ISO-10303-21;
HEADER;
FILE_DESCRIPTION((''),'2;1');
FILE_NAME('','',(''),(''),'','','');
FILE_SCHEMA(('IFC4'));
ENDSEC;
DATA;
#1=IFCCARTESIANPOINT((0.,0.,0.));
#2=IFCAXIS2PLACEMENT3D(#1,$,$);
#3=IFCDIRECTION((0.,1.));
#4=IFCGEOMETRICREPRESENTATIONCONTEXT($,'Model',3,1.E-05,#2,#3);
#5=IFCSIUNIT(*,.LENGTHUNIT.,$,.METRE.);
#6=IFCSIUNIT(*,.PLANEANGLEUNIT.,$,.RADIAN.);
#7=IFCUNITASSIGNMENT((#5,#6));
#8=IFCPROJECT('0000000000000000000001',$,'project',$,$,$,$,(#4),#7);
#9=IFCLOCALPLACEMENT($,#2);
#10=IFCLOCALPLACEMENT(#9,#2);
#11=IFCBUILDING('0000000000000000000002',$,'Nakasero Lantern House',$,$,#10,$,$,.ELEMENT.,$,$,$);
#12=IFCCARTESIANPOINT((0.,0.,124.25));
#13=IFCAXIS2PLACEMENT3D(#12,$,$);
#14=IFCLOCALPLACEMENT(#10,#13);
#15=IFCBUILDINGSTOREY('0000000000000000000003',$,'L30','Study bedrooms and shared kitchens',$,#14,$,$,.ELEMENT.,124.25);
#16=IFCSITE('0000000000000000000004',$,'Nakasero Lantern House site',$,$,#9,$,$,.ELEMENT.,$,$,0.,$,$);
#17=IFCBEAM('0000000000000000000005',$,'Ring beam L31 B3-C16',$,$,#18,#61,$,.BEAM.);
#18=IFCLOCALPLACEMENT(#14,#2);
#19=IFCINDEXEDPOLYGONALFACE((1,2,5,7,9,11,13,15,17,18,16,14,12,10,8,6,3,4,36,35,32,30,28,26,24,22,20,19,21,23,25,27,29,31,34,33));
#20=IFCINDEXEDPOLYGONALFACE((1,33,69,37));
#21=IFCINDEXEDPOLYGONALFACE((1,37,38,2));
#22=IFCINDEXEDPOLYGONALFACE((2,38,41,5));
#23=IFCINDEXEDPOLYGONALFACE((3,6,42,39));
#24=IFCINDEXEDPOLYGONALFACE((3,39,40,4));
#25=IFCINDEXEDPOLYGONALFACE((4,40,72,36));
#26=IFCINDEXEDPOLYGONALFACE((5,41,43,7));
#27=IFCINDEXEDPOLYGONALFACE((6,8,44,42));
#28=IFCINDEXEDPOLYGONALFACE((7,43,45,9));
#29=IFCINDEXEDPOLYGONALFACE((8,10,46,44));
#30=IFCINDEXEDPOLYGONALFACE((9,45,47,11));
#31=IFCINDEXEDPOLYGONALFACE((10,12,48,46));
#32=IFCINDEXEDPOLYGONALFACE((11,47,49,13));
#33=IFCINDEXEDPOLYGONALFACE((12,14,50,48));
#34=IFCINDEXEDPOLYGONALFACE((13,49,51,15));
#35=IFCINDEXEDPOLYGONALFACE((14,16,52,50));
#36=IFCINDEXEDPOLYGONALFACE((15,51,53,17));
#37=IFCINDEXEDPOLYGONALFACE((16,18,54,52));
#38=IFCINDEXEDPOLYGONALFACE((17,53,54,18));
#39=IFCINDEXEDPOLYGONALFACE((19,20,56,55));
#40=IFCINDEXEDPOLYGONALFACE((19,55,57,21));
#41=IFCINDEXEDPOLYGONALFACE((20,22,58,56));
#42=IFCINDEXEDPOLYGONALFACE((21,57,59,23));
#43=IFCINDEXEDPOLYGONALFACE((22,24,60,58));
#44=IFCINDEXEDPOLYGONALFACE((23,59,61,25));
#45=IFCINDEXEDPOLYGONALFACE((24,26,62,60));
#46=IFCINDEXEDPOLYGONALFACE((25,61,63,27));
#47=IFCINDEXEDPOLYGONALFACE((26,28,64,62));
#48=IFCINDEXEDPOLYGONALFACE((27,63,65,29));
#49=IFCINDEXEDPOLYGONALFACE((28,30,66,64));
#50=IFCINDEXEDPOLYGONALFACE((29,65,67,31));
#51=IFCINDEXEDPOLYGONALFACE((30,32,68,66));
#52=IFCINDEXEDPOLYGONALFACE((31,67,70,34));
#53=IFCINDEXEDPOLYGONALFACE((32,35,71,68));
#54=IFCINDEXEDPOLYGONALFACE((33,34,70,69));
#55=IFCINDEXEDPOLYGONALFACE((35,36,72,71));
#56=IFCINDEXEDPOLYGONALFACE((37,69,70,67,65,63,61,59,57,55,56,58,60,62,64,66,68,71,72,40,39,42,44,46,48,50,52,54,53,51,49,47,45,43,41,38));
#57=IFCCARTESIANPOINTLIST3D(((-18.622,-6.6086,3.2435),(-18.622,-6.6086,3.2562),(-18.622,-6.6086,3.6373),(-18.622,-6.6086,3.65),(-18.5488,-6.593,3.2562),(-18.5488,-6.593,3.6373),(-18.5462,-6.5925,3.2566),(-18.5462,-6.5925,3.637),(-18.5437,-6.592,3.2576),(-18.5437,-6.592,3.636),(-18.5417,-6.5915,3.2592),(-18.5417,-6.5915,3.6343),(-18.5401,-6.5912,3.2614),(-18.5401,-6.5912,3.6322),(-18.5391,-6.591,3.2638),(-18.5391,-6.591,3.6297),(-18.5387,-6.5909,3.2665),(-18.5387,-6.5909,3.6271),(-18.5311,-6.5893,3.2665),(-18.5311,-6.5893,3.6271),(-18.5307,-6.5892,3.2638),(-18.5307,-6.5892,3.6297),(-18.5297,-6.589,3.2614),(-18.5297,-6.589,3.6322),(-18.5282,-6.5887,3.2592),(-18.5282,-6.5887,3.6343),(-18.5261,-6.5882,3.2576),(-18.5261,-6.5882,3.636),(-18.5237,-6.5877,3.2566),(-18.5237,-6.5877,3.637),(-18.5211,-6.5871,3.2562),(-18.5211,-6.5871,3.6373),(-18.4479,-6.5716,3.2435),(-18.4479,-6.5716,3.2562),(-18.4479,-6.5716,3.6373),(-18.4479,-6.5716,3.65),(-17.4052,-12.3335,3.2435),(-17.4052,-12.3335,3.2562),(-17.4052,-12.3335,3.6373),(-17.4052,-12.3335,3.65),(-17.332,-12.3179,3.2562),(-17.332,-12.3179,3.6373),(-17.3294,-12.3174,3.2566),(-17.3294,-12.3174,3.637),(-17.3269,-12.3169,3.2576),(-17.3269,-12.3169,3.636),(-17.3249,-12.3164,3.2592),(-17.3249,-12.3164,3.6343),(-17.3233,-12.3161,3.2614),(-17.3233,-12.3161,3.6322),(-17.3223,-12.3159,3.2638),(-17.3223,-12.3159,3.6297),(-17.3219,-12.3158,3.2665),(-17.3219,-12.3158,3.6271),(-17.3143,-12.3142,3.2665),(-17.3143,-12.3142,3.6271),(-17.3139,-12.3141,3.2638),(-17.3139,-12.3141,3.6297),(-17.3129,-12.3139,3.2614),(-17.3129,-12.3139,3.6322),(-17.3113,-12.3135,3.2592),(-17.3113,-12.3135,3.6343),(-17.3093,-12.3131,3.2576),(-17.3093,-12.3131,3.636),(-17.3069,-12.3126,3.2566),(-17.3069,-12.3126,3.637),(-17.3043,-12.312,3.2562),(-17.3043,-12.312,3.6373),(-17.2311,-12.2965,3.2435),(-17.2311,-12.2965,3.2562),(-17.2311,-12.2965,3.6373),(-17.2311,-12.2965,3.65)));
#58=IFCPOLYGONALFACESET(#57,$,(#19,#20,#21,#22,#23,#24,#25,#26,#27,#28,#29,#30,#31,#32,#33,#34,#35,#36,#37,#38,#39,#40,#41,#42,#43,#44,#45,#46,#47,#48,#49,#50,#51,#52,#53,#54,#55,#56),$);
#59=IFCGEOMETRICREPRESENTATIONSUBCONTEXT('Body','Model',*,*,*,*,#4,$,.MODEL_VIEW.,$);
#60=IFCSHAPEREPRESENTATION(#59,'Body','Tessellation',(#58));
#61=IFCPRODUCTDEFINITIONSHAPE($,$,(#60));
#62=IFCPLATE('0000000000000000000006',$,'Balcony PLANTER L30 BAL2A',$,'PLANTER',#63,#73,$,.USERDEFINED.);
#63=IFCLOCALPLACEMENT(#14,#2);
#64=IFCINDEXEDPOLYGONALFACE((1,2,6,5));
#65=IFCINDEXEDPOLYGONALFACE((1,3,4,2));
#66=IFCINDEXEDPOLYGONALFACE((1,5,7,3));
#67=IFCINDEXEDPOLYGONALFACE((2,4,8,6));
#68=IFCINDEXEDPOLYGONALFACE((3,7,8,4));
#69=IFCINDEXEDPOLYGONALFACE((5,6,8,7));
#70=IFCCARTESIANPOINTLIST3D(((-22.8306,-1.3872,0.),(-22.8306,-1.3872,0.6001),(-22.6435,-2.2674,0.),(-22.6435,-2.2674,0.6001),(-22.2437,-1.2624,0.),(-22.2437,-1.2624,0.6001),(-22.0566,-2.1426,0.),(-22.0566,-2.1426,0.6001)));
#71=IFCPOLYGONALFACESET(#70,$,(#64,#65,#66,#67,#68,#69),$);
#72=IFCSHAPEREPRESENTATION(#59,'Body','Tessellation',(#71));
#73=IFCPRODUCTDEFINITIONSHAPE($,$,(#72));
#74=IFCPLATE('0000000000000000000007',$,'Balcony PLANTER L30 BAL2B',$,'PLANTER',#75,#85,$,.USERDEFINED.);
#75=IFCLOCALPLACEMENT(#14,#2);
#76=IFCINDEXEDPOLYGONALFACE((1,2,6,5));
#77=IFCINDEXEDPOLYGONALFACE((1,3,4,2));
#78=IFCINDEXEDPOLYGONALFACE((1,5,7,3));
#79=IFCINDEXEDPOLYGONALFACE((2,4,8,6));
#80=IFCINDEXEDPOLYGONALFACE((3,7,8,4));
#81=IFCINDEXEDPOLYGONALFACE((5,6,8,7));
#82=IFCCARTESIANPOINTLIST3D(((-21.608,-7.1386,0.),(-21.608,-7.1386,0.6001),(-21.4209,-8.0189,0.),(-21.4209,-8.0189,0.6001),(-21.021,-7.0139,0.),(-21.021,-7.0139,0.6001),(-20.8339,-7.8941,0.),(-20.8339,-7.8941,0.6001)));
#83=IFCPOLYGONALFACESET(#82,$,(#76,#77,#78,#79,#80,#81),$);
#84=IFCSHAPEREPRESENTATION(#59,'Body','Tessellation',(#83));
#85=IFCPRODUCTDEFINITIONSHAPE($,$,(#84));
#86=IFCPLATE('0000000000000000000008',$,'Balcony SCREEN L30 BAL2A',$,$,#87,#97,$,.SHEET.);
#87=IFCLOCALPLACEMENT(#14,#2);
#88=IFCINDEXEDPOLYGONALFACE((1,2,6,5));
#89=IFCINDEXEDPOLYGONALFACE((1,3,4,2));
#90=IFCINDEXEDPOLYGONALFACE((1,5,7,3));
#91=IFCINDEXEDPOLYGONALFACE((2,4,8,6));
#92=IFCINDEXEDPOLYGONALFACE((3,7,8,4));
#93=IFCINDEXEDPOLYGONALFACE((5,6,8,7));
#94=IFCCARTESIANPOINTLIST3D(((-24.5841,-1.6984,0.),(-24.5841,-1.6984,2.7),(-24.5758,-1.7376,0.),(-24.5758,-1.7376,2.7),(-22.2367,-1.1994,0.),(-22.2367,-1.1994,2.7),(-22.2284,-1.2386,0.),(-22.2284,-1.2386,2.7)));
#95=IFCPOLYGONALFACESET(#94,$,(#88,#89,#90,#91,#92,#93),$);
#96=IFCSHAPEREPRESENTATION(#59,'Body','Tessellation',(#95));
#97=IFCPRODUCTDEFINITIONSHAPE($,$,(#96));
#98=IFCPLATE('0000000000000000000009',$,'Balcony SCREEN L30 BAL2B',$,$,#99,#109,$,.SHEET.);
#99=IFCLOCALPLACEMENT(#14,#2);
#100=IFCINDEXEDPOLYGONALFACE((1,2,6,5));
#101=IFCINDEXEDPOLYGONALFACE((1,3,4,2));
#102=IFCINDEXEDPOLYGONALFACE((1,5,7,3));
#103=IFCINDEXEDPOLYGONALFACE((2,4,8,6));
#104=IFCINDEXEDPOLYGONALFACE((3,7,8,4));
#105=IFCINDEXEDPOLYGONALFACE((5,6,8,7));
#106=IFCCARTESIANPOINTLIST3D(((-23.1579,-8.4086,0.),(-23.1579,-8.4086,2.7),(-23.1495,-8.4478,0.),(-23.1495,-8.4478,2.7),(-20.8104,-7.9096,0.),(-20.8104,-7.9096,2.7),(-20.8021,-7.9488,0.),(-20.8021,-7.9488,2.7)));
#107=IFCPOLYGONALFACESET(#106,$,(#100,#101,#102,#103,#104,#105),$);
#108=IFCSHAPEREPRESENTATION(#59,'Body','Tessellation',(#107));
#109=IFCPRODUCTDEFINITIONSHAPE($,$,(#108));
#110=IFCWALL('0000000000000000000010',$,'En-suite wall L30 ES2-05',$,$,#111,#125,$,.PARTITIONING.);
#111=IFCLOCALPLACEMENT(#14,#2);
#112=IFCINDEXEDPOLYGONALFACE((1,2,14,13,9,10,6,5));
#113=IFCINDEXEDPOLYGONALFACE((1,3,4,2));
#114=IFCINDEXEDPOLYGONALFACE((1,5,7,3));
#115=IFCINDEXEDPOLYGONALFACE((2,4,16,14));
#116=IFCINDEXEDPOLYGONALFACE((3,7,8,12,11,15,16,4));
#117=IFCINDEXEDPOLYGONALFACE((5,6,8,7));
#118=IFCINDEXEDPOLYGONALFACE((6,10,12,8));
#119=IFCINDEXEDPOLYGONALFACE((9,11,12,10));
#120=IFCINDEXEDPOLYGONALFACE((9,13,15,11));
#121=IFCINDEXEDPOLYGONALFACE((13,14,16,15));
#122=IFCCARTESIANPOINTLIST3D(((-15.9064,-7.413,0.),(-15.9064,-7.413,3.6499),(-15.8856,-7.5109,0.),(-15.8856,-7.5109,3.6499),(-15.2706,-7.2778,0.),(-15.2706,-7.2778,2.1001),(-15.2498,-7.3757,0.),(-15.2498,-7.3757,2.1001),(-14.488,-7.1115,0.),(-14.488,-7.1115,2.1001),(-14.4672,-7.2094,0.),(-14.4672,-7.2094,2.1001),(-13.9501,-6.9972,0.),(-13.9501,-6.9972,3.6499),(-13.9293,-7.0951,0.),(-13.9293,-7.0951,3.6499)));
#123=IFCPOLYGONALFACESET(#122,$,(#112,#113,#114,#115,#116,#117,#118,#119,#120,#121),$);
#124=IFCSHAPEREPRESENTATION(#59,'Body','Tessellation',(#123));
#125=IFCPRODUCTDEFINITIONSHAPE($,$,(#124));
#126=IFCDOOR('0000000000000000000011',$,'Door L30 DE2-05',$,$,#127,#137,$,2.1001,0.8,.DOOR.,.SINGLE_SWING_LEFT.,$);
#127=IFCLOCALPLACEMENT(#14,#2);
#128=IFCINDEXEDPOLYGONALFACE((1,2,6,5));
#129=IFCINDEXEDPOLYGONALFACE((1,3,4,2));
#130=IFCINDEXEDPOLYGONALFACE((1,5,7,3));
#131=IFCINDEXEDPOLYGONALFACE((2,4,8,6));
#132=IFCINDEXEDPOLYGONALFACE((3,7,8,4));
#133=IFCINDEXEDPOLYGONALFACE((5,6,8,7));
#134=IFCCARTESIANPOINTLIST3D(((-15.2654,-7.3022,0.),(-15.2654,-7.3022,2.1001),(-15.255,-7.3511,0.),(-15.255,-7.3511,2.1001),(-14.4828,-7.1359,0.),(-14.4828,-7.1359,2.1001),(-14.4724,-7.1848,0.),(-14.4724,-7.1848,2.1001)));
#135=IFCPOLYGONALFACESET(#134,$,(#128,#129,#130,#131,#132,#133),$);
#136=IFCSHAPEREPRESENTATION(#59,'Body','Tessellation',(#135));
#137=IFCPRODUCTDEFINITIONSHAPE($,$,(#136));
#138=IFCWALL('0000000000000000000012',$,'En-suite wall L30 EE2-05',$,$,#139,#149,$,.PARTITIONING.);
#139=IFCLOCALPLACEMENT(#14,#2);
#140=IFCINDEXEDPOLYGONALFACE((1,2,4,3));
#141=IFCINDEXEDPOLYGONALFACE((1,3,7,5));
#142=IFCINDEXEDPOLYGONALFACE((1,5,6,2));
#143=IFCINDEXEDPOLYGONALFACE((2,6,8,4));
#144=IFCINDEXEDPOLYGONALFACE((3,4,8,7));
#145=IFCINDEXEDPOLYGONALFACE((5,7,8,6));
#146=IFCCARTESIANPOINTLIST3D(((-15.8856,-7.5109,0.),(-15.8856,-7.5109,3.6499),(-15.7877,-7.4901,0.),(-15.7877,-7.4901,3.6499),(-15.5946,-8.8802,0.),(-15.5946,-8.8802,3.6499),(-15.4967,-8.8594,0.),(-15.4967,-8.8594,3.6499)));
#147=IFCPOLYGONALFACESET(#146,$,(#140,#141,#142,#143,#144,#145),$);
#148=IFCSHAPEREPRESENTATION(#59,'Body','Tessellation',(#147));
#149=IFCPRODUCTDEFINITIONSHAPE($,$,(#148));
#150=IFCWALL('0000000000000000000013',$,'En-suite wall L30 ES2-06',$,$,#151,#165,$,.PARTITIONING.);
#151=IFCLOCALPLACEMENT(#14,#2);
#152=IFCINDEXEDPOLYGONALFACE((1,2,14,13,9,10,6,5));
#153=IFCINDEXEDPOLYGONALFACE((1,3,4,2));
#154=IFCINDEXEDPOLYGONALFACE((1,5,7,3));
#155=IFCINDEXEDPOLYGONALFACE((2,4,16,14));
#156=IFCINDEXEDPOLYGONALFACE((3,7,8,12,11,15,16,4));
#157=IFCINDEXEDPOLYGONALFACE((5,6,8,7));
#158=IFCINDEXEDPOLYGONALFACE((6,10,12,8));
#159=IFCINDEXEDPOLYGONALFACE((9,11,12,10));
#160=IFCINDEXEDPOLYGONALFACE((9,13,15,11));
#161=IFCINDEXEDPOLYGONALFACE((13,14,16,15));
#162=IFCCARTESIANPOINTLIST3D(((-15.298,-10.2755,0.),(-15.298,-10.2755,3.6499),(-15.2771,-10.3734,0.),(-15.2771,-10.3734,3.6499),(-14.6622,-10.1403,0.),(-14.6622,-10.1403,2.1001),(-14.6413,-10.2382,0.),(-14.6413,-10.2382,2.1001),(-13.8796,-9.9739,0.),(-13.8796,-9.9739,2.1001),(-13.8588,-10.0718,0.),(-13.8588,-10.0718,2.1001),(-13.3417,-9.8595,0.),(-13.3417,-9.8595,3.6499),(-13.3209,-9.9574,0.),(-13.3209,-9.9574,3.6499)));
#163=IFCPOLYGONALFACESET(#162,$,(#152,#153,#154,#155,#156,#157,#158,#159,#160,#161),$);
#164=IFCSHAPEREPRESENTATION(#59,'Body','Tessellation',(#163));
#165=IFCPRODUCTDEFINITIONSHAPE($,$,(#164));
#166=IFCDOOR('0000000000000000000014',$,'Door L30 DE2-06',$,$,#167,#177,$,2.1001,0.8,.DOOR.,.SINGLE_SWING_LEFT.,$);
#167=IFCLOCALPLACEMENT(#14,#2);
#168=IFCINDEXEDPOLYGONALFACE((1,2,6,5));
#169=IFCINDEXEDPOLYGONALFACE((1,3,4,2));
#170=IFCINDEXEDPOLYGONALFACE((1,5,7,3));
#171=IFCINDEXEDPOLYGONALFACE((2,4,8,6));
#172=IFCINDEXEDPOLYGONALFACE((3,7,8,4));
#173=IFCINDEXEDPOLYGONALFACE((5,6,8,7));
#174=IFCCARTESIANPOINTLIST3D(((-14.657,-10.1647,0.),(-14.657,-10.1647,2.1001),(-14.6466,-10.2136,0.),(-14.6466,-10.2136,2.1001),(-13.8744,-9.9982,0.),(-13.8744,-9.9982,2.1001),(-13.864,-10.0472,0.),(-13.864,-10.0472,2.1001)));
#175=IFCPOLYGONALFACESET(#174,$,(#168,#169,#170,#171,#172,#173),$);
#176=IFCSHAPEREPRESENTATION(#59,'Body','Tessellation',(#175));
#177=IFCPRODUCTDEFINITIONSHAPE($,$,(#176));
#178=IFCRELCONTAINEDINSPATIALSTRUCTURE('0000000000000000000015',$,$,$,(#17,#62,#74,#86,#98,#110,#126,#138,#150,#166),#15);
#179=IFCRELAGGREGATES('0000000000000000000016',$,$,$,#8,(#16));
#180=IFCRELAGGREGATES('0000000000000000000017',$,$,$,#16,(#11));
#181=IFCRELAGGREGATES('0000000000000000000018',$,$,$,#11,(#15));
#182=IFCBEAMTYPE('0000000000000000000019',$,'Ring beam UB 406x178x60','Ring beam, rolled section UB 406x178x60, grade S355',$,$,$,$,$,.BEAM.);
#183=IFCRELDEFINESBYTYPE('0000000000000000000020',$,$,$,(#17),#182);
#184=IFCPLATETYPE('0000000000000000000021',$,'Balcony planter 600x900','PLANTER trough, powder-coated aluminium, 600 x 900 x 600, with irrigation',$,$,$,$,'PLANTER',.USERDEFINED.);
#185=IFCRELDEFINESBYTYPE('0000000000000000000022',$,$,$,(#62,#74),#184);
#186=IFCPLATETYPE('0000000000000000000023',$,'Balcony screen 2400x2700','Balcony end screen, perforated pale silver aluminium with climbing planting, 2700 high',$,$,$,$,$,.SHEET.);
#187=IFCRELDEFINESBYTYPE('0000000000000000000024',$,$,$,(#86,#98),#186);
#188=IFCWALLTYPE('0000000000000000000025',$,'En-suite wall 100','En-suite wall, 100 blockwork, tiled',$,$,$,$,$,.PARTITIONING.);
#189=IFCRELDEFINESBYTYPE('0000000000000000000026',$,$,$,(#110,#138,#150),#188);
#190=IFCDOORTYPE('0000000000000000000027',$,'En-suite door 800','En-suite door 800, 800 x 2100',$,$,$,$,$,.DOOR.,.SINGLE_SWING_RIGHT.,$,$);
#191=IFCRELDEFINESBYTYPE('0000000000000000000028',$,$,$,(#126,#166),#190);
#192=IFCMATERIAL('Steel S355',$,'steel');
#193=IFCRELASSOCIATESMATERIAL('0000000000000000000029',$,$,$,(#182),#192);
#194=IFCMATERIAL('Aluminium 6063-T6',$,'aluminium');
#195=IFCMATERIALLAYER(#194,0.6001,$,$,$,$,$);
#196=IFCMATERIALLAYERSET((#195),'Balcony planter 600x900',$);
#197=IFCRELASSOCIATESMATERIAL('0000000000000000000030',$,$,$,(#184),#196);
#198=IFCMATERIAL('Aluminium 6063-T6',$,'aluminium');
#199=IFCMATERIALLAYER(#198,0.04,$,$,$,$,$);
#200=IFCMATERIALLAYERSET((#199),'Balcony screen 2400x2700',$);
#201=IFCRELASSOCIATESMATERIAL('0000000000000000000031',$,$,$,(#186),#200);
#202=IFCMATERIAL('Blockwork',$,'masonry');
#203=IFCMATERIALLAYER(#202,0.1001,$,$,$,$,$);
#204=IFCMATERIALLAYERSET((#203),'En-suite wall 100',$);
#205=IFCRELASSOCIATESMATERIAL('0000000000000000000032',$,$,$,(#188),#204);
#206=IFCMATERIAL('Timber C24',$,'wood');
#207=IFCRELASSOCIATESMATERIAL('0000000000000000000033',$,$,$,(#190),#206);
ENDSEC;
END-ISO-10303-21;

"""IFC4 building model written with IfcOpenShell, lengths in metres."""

from ifc_helpers import new_model, si_unit, direction, frame, frame_2d, origin, origin_2d, place, context, subcontext, project, spatial, rectangle, i_section, extrude, material, layer, layer_set, material_profile, profile_set, type_object, element, fill, save


model = new_model("IFC4")

# Units and contexts
model_context = context("Model", 3, precision=1e-05, world=origin(), true_north=direction((0.0, 1.0)))
body_context = subcontext(model_context, "Body", "Model", "MODEL_VIEW")
ifc_project = project(units=[si_unit("LENGTHUNIT", "METRE"), si_unit("PLANEANGLEUNIT", "RADIAN")], contexts=[model_context])

# Site, building, storey
site_placement = place(None, origin())
site = spatial("IfcSite", under=ifc_project, at=site_placement, Name="Nakasero Lantern House site", CompositionType="ELEMENT", RefElevation=0.0)
building_placement = place(site_placement, origin())
building = spatial("IfcBuilding", under=site, at=building_placement, Name="Nakasero Lantern House", CompositionType="ELEMENT")
storey_placement = place(building_placement, frame((0.0, 0.0, 124.25)))
storey = spatial("IfcBuildingStorey", under=building, at=storey_placement, Name="L30", Description="Study bedrooms and shared kitchens", CompositionType="ELEMENT", Elevation=124.25)

# Beam
ifc_material_1 = material(Name="Steel S355", Category="steel")
ifc_material_profile_1 = material_profile(ifc_material_1, i_section(OverallWidth=0.178, OverallDepth=0.4065, WebThickness=0.0078, FlangeThickness=0.0127, FilletRadius=0.0103, at=origin_2d()), Name="UB 406x178x60")
ifc_profile_set_1 = profile_set([ifc_material_profile_1], Name="Steel S355")
beam_type_1 = type_object("IfcBeamType", Name="Ring beam UB 406x178x60", Description="Ring beam, rolled section UB 406x178x60, grade S355", PredefinedType="BEAM", material=ifc_profile_set_1)
beam_1_placement = place(storey_placement, frame((-18.5349, -6.5901, 3.4468), z_axis=(0.207902, -0.97815, 0.0), x_axis=(0.97815, 0.207902, 0.0)))
element("IfcBeam", 1, at=beam_1_placement, inside=storey, type_object=beam_type_1, Name="Ring beam L31 B3-C16", PredefinedType="BEAM", context=body_context, shape_type="SweptSolid", body=[
    extrude(i_section(OverallWidth=0.178, OverallDepth=0.4065, WebThickness=0.0078, FlangeThickness=0.0127, FilletRadius=0.0103, at=origin_2d()), origin(), (0.0, 0.0, 1.0), 5.8528),
])

# Plates
ifc_material_2 = material(Name="Aluminium 6063-T6", Category="aluminium")
ifc_layer_1 = layer(ifc_material_2, 0.6001)
ifc_layer_set_1 = layer_set([ifc_layer_1], Name="Balcony planter 600x900")
plate_type_1 = type_object("IfcPlateType", Name="Balcony planter 600x900", Description="PLANTER trough, powder-coated aluminium, 600 x 900 x 600, with irrigation", ElementType="PLANTER", PredefinedType="USERDEFINED", material=ifc_layer_set_1)
for number, where, z_axis, x_axis, name in (
    (2, (-22.4436, -1.7649, 0.0), (0.0, 0.0, 1.0), (-0.978148, -0.207912, 0.0), "Balcony PLANTER L30 BAL2A"),
    (3, (-21.2209, -7.5164, 0.0), (0.0, 0.0, 1.0), (-0.978148, -0.207912, 0.0), "Balcony PLANTER L30 BAL2B"),
):
    element("IfcPlate", number, at=place(storey_placement, frame(where, z_axis=z_axis, x_axis=x_axis)), inside=storey, type_object=plate_type_1, Name=name, ObjectType="PLANTER", PredefinedType="USERDEFINED", context=body_context, shape_type="SweptSolid", body=[
        extrude(rectangle(XDim=0.6001, YDim=0.8999, at=origin_2d()), origin(), (0.0, 0.0, 1.0), 0.6001),
    ])
ifc_material_3 = material(Name="Aluminium 6063-T6", Category="aluminium")
ifc_layer_2 = layer(ifc_material_3, 0.04)
ifc_layer_set_2 = layer_set([ifc_layer_2], Name="Balcony screen 2400x2700")
plate_type_2 = type_object("IfcPlateType", Name="Balcony screen 2400x2700", Description="Balcony end screen, perforated pale silver aluminium with climbing planting, 2700 high", PredefinedType="SHEET", material=ifc_layer_set_2)
for number, where, z_axis, x_axis, name in (
    (4, (-23.4062, -1.4685, 0.0), (0.0, 0.0, 1.0), (-0.978148, -0.207912, 0.0), "Balcony SCREEN L30 BAL2A"),
    (5, (-21.98, -8.1787, 0.0), (0.0, 0.0, 1.0), (-0.978148, -0.207912, 0.0), "Balcony SCREEN L30 BAL2B"),
):
    element("IfcPlate", number, at=place(storey_placement, frame(where, z_axis=z_axis, x_axis=x_axis)), inside=storey, type_object=plate_type_2, Name=name, PredefinedType="SHEET", context=body_context, shape_type="SweptSolid", body=[
        extrude(rectangle(XDim=2.3999, YDim=0.04, at=origin_2d()), origin(), (0.0, 0.0, 1.0), 2.7),
    ])

# Wall, opening, door
ifc_material_4 = material(Name="Blockwork", Category="masonry")
ifc_layer_3 = layer(ifc_material_4, 0.1001)
ifc_layer_set_3 = layer_set([ifc_layer_3], Name="En-suite wall 100")
wall_type_1 = type_object("IfcWallType", Name="En-suite wall 100", Description="En-suite wall, 100 blockwork, tiled", PredefinedType="PARTITIONING", material=ifc_layer_set_3)
wall_1_placement = place(storey_placement, frame((-13.9397, -7.0461, 0.0), z_axis=(0.0, 0.0, 1.0), x_axis=(-0.978153, -0.207886, 0.0)))
wall_1 = element("IfcWall", 6, at=wall_1_placement, inside=storey, type_object=wall_type_1, Name="En-suite wall L30 ES2-05", PredefinedType="PARTITIONING", context=body_context, shape_type="SweptSolid", body=[
    extrude(rectangle(XDim=2.0, YDim=0.1001, at=frame_2d((1.0, 0.0))), origin(), (0.0, 0.0, 1.0), 3.6499),
])
opening_1_placement = place(wall_1_placement, frame((0.55, 0.0, 0.0)))
opening_1 = element("IfcOpeningElement", 7, at=opening_1_placement, cuts=wall_1, PredefinedType="OPENING", context=body_context, shape_type="SweptSolid", body=[
    extrude(rectangle(XDim=0.8, YDim=2.1001, at=frame_2d((0.3999, 1.05))), frame((0.0, 0.0701, 0.0), z_axis=(0.0, -1.0, 0.0), x_axis=(1.0, 0.0, 0.0)), (0.0, 0.0, 1.0), 0.1401),
])
ifc_material_5 = material(Name="Timber C24", Category="wood")
door_type = type_object("IfcDoorType", Name="En-suite door 800", Description="En-suite door 800, 800 x 2100", OperationType="SINGLE_SWING_RIGHT", PredefinedType="DOOR", material=ifc_material_5)
door_1_placement = place(opening_1_placement, origin())
door_1 = element("IfcDoor", 8, at=door_1_placement, inside=storey, type_object=door_type, Name="Door L30 DE2-05", OperationType="SINGLE_SWING_LEFT", OverallHeight=2.1001, OverallWidth=0.8, PredefinedType="DOOR", context=body_context, shape_type="SweptSolid", body=[
    extrude(rectangle(XDim=0.8, YDim=2.1001, at=frame_2d((0.3999, 1.05))), frame((0.0, 0.0249, 0.0), z_axis=(0.0, -1.0, 0.0), x_axis=(1.0, 0.0, 0.0)), (0.0, 0.0, 1.0), 0.05),
])
fill(opening_1, door_1)

# Wall
wall_2_placement = place(storey_placement, frame((-15.8367, -7.5005, 0.0), z_axis=(0.0, 0.0, 1.0), x_axis=(0.207873, -0.978156, 0.0)))
element("IfcWall", 9, at=wall_2_placement, inside=storey, type_object=wall_type_1, Name="En-suite wall L30 EE2-05", PredefinedType="PARTITIONING", context=body_context, shape_type="SweptSolid", body=[
    extrude(rectangle(XDim=1.3999, YDim=0.1001, at=frame_2d((0.7, 0.0))), origin(), (0.0, 0.0, 1.0), 3.6499),
])

# Wall, opening, door
wall_3_placement = place(storey_placement, frame((-13.3313, -9.9084, 0.0), z_axis=(0.0, 0.0, 1.0), x_axis=(-0.978128, -0.208003, 0.0)))
wall_3 = element("IfcWall", 10, at=wall_3_placement, inside=storey, type_object=wall_type_1, Name="En-suite wall L30 ES2-06", PredefinedType="PARTITIONING", context=body_context, shape_type="SweptSolid", body=[
    extrude(rectangle(XDim=2.0, YDim=0.1001, at=frame_2d((1.0, 0.0))), origin(), (0.0, 0.0, 1.0), 3.6499),
])
opening_2_placement = place(wall_3_placement, frame((0.55, 0.0, 0.0)))
opening_2 = element("IfcOpeningElement", 11, at=opening_2_placement, cuts=wall_3, PredefinedType="OPENING", context=body_context, shape_type="SweptSolid", body=[
    extrude(rectangle(XDim=0.8, YDim=2.1001, at=frame_2d((0.3999, 1.05))), frame((0.0, 0.0701, 0.0), z_axis=(0.0, -1.0, 0.0), x_axis=(1.0, 0.0, 0.0)), (0.0, 0.0, 1.0), 0.1401),
])
door_2_placement = place(opening_2_placement, origin())
door_2 = element("IfcDoor", 12, at=door_2_placement, inside=storey, type_object=door_type, Name="Door L30 DE2-06", OperationType="SINGLE_SWING_LEFT", OverallHeight=2.1001, OverallWidth=0.8, PredefinedType="DOOR", context=body_context, shape_type="SweptSolid", body=[
    extrude(rectangle(XDim=0.8, YDim=2.1001, at=frame_2d((0.3999, 1.05))), frame((0.0, 0.0249, 0.0), z_axis=(0.0, -1.0, 0.0), x_axis=(1.0, 0.0, 0.0)), (0.0, 0.0, 1.0), 0.05),
])
fill(opening_2, door_2)

save(model, "model.ifc")
